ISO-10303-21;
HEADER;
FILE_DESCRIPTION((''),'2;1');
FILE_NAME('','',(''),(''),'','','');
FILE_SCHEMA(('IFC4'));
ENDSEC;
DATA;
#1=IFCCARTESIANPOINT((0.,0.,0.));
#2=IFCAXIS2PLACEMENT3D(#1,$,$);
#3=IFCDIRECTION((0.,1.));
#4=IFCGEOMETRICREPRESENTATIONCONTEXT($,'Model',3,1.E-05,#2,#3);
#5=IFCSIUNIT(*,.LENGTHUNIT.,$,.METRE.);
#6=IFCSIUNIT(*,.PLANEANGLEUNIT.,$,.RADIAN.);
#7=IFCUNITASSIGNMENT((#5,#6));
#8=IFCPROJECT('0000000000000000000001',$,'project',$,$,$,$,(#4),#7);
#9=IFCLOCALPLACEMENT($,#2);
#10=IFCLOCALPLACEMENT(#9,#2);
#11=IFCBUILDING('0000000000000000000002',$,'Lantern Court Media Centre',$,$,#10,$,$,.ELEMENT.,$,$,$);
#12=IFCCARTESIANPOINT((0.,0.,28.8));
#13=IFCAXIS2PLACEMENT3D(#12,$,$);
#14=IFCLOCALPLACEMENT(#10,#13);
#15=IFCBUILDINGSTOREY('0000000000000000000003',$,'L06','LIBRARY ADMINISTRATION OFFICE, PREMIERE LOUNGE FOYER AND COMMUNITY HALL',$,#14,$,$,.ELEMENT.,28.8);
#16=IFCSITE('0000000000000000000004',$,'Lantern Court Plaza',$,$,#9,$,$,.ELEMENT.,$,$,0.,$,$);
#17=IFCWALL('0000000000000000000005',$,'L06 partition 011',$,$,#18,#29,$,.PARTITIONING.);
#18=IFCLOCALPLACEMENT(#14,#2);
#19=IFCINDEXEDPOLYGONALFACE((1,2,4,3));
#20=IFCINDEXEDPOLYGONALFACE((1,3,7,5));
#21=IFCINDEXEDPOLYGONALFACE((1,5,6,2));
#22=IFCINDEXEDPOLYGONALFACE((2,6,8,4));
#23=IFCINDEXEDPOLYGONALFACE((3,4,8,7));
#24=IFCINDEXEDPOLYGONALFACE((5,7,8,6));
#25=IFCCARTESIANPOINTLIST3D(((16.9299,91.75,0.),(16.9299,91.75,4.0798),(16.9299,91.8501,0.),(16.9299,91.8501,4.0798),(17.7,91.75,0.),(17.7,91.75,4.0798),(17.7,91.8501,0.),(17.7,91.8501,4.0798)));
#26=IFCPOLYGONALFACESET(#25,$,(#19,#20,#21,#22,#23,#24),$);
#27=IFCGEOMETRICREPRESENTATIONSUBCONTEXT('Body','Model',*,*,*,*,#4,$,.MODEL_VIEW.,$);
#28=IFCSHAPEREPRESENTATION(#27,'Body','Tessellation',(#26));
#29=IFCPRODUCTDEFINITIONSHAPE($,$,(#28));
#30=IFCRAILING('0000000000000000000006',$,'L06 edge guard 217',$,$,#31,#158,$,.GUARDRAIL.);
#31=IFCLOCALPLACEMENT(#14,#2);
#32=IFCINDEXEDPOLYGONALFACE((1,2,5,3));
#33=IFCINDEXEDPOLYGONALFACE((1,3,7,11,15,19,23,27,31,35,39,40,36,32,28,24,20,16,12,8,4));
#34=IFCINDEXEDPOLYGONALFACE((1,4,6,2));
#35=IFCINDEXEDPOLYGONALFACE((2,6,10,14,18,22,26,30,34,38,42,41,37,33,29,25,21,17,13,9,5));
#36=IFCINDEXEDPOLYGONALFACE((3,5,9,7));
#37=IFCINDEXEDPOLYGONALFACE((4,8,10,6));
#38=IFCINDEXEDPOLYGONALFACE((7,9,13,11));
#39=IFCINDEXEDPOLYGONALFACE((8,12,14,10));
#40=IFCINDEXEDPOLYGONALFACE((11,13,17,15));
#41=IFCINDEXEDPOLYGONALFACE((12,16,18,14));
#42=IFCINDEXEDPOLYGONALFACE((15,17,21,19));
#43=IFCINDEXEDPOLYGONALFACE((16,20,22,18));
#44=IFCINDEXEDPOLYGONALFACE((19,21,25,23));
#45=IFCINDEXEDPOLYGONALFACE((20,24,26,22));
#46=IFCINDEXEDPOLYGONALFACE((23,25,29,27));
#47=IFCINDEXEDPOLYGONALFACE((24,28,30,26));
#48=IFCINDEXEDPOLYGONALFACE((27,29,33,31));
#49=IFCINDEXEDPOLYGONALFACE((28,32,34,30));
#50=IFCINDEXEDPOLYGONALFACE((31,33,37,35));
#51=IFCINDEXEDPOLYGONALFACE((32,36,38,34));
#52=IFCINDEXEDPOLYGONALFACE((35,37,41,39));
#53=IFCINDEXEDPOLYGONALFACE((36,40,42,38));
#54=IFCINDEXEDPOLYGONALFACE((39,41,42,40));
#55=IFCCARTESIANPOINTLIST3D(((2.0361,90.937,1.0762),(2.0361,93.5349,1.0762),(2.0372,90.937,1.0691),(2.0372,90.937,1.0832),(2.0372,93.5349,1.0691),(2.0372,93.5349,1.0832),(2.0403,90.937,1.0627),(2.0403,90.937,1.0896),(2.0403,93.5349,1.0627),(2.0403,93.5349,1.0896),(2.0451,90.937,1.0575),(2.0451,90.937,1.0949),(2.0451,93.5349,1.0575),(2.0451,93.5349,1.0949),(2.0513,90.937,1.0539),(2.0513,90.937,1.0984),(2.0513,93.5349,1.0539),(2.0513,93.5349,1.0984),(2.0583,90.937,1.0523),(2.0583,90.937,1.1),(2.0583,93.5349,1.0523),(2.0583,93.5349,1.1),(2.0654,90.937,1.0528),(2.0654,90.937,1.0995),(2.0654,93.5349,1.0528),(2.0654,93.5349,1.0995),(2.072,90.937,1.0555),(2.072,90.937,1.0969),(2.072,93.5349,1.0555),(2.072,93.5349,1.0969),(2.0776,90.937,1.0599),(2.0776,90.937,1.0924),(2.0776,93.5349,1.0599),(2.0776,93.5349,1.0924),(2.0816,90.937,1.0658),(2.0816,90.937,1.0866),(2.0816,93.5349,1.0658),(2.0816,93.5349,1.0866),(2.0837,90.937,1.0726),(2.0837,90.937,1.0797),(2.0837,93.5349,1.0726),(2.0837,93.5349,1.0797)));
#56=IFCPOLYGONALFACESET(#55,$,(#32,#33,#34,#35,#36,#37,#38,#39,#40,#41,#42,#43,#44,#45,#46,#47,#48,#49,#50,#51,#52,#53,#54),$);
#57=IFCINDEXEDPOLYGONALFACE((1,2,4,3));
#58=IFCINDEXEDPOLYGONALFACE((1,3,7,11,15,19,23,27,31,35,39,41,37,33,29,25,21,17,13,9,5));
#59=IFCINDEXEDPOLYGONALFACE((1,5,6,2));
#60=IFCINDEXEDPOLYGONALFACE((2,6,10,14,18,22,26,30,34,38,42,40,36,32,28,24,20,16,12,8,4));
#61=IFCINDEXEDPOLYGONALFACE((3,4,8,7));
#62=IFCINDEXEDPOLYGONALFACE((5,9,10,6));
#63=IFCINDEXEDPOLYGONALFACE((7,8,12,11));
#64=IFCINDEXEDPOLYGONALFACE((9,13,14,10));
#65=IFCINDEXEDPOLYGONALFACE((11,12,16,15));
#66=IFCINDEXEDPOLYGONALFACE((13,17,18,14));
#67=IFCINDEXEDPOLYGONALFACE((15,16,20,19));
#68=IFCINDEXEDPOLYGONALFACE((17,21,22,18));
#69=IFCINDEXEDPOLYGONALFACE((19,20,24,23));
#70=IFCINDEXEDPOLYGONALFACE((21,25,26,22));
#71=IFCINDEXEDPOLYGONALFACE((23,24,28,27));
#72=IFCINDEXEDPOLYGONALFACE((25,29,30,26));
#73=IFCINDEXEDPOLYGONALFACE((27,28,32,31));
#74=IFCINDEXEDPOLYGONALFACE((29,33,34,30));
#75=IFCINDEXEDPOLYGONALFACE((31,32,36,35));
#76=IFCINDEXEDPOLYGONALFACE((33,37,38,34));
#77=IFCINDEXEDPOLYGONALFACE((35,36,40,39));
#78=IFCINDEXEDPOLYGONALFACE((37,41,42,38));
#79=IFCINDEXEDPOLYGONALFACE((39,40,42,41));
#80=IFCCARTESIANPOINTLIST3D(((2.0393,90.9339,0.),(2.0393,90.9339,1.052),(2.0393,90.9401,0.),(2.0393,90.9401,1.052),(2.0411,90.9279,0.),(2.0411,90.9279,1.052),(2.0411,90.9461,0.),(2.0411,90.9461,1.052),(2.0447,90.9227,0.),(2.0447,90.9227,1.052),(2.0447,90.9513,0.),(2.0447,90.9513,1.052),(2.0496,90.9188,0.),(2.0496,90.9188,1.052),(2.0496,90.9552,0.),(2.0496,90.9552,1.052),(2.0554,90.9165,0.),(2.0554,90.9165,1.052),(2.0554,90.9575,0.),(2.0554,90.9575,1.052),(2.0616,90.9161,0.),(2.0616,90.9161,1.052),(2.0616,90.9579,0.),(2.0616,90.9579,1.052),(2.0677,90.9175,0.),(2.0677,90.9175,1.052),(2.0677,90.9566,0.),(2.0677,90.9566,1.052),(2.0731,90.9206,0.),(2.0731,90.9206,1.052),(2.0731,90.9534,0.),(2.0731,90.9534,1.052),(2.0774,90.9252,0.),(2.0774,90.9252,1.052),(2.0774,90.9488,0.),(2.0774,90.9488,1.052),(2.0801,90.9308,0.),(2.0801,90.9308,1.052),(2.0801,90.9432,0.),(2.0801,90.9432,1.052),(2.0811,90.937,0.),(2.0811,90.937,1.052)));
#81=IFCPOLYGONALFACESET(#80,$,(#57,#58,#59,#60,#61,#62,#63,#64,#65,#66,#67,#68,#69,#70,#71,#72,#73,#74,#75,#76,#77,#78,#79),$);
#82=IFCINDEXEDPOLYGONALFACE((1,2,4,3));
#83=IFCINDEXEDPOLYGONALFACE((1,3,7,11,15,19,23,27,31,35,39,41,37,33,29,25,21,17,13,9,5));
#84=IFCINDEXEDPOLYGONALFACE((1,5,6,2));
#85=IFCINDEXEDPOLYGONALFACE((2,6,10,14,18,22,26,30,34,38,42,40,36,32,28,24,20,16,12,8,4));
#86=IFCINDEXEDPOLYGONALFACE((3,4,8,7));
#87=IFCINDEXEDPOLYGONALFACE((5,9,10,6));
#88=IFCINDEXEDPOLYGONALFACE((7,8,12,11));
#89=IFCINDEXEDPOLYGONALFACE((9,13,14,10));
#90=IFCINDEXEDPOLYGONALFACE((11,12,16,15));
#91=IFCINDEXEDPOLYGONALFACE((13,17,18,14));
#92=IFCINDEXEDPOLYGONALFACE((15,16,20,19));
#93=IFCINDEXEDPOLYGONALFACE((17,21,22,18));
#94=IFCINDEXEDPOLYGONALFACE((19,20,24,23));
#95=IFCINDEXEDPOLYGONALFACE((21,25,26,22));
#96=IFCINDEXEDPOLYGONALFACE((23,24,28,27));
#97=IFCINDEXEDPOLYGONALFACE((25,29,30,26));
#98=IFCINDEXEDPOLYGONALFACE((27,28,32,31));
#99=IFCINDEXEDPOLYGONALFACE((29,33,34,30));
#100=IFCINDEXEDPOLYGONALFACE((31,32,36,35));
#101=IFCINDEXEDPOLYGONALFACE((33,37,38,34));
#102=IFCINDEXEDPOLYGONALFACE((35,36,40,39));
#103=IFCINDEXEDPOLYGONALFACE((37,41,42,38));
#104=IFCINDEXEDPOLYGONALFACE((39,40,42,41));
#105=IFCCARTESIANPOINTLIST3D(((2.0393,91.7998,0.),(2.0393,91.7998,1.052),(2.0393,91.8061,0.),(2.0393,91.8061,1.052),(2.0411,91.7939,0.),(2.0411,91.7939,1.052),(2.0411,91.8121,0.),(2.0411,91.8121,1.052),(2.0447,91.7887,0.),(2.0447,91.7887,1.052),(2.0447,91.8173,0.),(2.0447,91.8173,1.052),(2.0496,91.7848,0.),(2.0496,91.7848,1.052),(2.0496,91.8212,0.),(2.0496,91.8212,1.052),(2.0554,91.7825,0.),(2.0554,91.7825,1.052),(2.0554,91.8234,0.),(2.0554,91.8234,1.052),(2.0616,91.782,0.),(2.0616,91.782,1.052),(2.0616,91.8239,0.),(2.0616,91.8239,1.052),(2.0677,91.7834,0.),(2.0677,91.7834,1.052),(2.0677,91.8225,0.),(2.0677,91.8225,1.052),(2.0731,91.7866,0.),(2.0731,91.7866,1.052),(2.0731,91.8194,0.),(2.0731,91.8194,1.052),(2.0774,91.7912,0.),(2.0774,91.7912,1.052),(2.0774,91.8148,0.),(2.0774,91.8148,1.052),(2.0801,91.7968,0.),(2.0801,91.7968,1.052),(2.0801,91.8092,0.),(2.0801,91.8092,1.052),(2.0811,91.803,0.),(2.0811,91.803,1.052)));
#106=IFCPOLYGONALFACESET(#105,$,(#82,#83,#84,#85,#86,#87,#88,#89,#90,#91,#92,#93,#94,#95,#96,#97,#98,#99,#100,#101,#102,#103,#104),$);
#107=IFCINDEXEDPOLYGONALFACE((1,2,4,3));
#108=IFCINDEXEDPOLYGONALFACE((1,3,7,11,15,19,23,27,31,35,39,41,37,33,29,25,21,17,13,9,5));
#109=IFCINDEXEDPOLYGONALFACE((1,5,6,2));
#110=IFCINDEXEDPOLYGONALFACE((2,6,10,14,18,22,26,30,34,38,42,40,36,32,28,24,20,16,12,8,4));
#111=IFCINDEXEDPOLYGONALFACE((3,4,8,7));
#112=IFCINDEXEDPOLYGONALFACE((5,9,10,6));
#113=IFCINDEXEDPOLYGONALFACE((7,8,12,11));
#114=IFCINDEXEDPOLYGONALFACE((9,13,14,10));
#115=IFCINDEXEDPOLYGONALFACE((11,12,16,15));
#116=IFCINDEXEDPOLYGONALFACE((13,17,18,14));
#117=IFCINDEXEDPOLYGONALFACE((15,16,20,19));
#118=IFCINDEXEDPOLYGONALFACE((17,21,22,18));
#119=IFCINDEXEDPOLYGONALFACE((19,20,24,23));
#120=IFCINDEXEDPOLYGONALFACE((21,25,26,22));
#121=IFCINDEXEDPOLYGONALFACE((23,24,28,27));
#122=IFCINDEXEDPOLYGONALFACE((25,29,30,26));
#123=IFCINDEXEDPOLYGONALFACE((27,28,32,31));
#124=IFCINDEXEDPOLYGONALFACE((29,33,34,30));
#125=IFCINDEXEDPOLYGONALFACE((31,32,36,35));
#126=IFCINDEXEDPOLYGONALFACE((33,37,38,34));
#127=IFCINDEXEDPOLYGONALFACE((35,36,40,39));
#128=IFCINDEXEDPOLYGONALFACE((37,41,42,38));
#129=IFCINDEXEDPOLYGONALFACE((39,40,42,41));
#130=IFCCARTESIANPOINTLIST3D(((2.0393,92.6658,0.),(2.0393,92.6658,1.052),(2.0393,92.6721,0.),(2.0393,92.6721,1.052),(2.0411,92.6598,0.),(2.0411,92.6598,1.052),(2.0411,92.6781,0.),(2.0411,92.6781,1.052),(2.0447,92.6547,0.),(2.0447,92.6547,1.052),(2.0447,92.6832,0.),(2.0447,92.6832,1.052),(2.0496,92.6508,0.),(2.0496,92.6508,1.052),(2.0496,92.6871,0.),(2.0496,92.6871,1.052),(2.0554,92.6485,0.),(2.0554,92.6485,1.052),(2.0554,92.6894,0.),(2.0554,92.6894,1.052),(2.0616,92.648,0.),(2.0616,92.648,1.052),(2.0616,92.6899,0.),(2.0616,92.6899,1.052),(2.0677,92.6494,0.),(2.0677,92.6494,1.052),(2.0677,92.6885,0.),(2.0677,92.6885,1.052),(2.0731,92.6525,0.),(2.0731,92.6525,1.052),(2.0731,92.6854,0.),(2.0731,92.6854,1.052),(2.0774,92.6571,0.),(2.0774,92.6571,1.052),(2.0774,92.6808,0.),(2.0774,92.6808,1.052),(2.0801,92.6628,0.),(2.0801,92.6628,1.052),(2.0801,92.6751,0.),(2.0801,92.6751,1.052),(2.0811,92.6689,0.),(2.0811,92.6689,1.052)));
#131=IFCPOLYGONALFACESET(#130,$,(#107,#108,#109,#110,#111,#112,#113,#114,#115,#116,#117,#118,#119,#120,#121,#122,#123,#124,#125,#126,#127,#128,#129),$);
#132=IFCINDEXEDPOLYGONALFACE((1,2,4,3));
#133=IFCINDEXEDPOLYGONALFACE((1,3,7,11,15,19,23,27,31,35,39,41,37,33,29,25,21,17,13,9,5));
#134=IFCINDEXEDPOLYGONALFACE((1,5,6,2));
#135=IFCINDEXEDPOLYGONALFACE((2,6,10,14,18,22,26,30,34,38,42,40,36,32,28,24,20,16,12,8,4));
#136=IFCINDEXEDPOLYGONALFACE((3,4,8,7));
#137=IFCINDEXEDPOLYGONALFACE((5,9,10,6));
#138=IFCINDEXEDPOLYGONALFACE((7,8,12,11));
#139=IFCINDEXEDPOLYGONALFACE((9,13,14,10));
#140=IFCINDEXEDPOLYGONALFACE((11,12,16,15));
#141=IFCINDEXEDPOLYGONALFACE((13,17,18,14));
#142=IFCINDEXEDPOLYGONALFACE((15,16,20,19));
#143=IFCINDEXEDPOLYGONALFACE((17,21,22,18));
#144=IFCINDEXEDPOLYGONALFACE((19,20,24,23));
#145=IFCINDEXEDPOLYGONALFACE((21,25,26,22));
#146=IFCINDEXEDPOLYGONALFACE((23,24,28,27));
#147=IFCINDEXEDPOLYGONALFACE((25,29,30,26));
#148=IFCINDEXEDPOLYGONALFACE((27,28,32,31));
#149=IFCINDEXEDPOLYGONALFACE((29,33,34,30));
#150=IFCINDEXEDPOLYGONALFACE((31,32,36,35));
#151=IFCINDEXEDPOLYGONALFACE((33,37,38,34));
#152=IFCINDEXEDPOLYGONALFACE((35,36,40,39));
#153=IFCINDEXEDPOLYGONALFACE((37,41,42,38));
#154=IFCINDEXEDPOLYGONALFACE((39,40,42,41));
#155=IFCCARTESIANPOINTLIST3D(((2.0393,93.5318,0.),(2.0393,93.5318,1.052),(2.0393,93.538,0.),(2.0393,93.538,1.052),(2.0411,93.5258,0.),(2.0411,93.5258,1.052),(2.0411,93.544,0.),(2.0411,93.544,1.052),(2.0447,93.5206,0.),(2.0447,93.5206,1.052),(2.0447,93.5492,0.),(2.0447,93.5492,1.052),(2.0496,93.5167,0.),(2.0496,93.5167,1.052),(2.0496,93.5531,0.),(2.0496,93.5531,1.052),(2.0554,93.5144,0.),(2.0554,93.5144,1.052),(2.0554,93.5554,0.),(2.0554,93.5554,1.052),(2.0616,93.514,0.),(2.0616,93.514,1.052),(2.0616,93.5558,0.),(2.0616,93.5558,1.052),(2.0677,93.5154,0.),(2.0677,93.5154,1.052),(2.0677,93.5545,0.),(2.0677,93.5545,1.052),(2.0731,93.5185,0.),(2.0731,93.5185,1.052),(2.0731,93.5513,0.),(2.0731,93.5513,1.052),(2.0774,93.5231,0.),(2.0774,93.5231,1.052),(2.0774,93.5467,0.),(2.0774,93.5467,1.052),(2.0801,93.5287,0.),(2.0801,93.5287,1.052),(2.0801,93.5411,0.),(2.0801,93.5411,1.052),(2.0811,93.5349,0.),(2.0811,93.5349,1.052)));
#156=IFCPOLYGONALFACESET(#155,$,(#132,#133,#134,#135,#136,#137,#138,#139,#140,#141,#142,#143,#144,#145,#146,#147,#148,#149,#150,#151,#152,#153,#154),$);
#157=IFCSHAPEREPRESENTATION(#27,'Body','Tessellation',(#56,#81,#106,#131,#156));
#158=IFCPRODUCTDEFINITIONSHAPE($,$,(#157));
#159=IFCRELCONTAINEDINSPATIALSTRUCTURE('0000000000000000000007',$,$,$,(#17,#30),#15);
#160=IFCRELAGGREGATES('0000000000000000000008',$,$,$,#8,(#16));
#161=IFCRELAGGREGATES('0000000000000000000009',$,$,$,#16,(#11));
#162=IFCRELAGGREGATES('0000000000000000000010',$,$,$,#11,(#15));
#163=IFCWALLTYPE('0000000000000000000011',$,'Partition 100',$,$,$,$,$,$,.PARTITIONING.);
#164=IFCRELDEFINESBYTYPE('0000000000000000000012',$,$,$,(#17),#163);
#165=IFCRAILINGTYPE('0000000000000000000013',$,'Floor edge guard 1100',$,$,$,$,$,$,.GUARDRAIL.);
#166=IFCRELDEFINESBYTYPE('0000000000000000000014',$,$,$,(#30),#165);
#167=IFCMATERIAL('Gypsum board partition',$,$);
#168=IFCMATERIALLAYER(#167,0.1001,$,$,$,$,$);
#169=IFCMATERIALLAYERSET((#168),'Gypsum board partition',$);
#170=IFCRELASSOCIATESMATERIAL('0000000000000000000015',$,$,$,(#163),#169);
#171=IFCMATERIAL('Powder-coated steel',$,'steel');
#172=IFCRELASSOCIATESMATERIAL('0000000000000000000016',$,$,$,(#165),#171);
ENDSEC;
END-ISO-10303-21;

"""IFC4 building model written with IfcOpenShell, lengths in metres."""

from ifc_helpers import new_model, si_unit, direction, frame, frame_2d, origin, origin_2d, place, context, subcontext, project, spatial, rectangle, circle, extrude, material, layer, layer_set, type_object, element, save


model = new_model("IFC4")

# Units and contexts
model_context = context("Model", 3, precision=1e-05, world=origin(), true_north=direction((0.0, 1.0)))
body_context = subcontext(model_context, "Body", "Model", "MODEL_VIEW")
ifc_project = project(units=[si_unit("LENGTHUNIT", "METRE"), si_unit("PLANEANGLEUNIT", "RADIAN")], contexts=[model_context])

# Site, building, storey
site_placement = place(None, origin())
site = spatial("IfcSite", under=ifc_project, at=site_placement, Name="Lantern Court Plaza", CompositionType="ELEMENT", RefElevation=0.0)
building_placement = place(site_placement, origin())
building = spatial("IfcBuilding", under=site, at=building_placement, Name="Lantern Court Media Centre", CompositionType="ELEMENT")
storey_placement = place(building_placement, frame((0.0, 0.0, 28.8)))
storey = spatial("IfcBuildingStorey", under=building, at=storey_placement, Name="L06", Description="LIBRARY ADMINISTRATION OFFICE, PREMIERE LOUNGE FOYER AND COMMUNITY HALL", CompositionType="ELEMENT", Elevation=28.8)

# Shared definitions
ifc_material_1 = material(Name="Gypsum board partition")

# Wall
ifc_layer_1 = layer(ifc_material_1, 0.1001)
ifc_layer_set_1 = layer_set([ifc_layer_1], Name="Gypsum board partition")
wall_type_1 = type_object("IfcWallType", Name="Partition 100", PredefinedType="PARTITIONING", material=ifc_layer_set_1)
wall_1_placement = place(storey_placement, frame((16.9299, 91.8, 0.0), z_axis=(0.0, 0.0, 1.0), x_axis=(1.0, 0.0, 0.0)))
element("IfcWall", 1, at=wall_1_placement, inside=storey, type_object=wall_type_1, Name="L06 partition 011", PredefinedType="PARTITIONING", context=body_context, shape_type="SweptSolid", body=[
    extrude(rectangle(XDim=0.77, YDim=0.1001, at=frame_2d((0.385, 0.0))), origin(), (0.0, 0.0, 1.0), 4.0798),
])

# Railing
ifc_material_2 = material(Name="Powder-coated steel", Category="steel")
railing_type = type_object("IfcRailingType", Name="Floor edge guard 1100", PredefinedType="GUARDRAIL", material=ifc_material_2)
railing_1_placement = place(storey_placement, frame((2.0601, 90.937, 0.0)))
element("IfcRailing", 2, at=railing_1_placement, inside=storey, type_object=railing_type, Name="L06 edge guard 217", PredefinedType="GUARDRAIL", context=body_context, shape_type="SweptSolid", body=[
    extrude(circle(Radius=0.0239, at=origin_2d()), frame((0.0, 0.0, 1.0762), z_axis=(0.0, 1.0, 0.0), x_axis=(-1.0, 0.0, 0.0)), (0.0, 0.0, 1.0), 2.5979),
    extrude(circle(Radius=0.021, at=origin_2d()), origin(), (0.0, 0.0, 1.0), 1.052),
    extrude(circle(Radius=0.021, at=origin_2d()), frame((0.0, 0.866, 0.0)), (0.0, 0.0, 1.0), 1.052),
    extrude(circle(Radius=0.021, at=origin_2d()), frame((0.0, 1.7319, 0.0)), (0.0, 0.0, 1.0), 1.052),
    extrude(circle(Radius=0.021, at=origin_2d()), frame((0.0, 2.5979, 0.0)), (0.0, 0.0, 1.0), 1.052),
])

save(model, "model.ifc")
